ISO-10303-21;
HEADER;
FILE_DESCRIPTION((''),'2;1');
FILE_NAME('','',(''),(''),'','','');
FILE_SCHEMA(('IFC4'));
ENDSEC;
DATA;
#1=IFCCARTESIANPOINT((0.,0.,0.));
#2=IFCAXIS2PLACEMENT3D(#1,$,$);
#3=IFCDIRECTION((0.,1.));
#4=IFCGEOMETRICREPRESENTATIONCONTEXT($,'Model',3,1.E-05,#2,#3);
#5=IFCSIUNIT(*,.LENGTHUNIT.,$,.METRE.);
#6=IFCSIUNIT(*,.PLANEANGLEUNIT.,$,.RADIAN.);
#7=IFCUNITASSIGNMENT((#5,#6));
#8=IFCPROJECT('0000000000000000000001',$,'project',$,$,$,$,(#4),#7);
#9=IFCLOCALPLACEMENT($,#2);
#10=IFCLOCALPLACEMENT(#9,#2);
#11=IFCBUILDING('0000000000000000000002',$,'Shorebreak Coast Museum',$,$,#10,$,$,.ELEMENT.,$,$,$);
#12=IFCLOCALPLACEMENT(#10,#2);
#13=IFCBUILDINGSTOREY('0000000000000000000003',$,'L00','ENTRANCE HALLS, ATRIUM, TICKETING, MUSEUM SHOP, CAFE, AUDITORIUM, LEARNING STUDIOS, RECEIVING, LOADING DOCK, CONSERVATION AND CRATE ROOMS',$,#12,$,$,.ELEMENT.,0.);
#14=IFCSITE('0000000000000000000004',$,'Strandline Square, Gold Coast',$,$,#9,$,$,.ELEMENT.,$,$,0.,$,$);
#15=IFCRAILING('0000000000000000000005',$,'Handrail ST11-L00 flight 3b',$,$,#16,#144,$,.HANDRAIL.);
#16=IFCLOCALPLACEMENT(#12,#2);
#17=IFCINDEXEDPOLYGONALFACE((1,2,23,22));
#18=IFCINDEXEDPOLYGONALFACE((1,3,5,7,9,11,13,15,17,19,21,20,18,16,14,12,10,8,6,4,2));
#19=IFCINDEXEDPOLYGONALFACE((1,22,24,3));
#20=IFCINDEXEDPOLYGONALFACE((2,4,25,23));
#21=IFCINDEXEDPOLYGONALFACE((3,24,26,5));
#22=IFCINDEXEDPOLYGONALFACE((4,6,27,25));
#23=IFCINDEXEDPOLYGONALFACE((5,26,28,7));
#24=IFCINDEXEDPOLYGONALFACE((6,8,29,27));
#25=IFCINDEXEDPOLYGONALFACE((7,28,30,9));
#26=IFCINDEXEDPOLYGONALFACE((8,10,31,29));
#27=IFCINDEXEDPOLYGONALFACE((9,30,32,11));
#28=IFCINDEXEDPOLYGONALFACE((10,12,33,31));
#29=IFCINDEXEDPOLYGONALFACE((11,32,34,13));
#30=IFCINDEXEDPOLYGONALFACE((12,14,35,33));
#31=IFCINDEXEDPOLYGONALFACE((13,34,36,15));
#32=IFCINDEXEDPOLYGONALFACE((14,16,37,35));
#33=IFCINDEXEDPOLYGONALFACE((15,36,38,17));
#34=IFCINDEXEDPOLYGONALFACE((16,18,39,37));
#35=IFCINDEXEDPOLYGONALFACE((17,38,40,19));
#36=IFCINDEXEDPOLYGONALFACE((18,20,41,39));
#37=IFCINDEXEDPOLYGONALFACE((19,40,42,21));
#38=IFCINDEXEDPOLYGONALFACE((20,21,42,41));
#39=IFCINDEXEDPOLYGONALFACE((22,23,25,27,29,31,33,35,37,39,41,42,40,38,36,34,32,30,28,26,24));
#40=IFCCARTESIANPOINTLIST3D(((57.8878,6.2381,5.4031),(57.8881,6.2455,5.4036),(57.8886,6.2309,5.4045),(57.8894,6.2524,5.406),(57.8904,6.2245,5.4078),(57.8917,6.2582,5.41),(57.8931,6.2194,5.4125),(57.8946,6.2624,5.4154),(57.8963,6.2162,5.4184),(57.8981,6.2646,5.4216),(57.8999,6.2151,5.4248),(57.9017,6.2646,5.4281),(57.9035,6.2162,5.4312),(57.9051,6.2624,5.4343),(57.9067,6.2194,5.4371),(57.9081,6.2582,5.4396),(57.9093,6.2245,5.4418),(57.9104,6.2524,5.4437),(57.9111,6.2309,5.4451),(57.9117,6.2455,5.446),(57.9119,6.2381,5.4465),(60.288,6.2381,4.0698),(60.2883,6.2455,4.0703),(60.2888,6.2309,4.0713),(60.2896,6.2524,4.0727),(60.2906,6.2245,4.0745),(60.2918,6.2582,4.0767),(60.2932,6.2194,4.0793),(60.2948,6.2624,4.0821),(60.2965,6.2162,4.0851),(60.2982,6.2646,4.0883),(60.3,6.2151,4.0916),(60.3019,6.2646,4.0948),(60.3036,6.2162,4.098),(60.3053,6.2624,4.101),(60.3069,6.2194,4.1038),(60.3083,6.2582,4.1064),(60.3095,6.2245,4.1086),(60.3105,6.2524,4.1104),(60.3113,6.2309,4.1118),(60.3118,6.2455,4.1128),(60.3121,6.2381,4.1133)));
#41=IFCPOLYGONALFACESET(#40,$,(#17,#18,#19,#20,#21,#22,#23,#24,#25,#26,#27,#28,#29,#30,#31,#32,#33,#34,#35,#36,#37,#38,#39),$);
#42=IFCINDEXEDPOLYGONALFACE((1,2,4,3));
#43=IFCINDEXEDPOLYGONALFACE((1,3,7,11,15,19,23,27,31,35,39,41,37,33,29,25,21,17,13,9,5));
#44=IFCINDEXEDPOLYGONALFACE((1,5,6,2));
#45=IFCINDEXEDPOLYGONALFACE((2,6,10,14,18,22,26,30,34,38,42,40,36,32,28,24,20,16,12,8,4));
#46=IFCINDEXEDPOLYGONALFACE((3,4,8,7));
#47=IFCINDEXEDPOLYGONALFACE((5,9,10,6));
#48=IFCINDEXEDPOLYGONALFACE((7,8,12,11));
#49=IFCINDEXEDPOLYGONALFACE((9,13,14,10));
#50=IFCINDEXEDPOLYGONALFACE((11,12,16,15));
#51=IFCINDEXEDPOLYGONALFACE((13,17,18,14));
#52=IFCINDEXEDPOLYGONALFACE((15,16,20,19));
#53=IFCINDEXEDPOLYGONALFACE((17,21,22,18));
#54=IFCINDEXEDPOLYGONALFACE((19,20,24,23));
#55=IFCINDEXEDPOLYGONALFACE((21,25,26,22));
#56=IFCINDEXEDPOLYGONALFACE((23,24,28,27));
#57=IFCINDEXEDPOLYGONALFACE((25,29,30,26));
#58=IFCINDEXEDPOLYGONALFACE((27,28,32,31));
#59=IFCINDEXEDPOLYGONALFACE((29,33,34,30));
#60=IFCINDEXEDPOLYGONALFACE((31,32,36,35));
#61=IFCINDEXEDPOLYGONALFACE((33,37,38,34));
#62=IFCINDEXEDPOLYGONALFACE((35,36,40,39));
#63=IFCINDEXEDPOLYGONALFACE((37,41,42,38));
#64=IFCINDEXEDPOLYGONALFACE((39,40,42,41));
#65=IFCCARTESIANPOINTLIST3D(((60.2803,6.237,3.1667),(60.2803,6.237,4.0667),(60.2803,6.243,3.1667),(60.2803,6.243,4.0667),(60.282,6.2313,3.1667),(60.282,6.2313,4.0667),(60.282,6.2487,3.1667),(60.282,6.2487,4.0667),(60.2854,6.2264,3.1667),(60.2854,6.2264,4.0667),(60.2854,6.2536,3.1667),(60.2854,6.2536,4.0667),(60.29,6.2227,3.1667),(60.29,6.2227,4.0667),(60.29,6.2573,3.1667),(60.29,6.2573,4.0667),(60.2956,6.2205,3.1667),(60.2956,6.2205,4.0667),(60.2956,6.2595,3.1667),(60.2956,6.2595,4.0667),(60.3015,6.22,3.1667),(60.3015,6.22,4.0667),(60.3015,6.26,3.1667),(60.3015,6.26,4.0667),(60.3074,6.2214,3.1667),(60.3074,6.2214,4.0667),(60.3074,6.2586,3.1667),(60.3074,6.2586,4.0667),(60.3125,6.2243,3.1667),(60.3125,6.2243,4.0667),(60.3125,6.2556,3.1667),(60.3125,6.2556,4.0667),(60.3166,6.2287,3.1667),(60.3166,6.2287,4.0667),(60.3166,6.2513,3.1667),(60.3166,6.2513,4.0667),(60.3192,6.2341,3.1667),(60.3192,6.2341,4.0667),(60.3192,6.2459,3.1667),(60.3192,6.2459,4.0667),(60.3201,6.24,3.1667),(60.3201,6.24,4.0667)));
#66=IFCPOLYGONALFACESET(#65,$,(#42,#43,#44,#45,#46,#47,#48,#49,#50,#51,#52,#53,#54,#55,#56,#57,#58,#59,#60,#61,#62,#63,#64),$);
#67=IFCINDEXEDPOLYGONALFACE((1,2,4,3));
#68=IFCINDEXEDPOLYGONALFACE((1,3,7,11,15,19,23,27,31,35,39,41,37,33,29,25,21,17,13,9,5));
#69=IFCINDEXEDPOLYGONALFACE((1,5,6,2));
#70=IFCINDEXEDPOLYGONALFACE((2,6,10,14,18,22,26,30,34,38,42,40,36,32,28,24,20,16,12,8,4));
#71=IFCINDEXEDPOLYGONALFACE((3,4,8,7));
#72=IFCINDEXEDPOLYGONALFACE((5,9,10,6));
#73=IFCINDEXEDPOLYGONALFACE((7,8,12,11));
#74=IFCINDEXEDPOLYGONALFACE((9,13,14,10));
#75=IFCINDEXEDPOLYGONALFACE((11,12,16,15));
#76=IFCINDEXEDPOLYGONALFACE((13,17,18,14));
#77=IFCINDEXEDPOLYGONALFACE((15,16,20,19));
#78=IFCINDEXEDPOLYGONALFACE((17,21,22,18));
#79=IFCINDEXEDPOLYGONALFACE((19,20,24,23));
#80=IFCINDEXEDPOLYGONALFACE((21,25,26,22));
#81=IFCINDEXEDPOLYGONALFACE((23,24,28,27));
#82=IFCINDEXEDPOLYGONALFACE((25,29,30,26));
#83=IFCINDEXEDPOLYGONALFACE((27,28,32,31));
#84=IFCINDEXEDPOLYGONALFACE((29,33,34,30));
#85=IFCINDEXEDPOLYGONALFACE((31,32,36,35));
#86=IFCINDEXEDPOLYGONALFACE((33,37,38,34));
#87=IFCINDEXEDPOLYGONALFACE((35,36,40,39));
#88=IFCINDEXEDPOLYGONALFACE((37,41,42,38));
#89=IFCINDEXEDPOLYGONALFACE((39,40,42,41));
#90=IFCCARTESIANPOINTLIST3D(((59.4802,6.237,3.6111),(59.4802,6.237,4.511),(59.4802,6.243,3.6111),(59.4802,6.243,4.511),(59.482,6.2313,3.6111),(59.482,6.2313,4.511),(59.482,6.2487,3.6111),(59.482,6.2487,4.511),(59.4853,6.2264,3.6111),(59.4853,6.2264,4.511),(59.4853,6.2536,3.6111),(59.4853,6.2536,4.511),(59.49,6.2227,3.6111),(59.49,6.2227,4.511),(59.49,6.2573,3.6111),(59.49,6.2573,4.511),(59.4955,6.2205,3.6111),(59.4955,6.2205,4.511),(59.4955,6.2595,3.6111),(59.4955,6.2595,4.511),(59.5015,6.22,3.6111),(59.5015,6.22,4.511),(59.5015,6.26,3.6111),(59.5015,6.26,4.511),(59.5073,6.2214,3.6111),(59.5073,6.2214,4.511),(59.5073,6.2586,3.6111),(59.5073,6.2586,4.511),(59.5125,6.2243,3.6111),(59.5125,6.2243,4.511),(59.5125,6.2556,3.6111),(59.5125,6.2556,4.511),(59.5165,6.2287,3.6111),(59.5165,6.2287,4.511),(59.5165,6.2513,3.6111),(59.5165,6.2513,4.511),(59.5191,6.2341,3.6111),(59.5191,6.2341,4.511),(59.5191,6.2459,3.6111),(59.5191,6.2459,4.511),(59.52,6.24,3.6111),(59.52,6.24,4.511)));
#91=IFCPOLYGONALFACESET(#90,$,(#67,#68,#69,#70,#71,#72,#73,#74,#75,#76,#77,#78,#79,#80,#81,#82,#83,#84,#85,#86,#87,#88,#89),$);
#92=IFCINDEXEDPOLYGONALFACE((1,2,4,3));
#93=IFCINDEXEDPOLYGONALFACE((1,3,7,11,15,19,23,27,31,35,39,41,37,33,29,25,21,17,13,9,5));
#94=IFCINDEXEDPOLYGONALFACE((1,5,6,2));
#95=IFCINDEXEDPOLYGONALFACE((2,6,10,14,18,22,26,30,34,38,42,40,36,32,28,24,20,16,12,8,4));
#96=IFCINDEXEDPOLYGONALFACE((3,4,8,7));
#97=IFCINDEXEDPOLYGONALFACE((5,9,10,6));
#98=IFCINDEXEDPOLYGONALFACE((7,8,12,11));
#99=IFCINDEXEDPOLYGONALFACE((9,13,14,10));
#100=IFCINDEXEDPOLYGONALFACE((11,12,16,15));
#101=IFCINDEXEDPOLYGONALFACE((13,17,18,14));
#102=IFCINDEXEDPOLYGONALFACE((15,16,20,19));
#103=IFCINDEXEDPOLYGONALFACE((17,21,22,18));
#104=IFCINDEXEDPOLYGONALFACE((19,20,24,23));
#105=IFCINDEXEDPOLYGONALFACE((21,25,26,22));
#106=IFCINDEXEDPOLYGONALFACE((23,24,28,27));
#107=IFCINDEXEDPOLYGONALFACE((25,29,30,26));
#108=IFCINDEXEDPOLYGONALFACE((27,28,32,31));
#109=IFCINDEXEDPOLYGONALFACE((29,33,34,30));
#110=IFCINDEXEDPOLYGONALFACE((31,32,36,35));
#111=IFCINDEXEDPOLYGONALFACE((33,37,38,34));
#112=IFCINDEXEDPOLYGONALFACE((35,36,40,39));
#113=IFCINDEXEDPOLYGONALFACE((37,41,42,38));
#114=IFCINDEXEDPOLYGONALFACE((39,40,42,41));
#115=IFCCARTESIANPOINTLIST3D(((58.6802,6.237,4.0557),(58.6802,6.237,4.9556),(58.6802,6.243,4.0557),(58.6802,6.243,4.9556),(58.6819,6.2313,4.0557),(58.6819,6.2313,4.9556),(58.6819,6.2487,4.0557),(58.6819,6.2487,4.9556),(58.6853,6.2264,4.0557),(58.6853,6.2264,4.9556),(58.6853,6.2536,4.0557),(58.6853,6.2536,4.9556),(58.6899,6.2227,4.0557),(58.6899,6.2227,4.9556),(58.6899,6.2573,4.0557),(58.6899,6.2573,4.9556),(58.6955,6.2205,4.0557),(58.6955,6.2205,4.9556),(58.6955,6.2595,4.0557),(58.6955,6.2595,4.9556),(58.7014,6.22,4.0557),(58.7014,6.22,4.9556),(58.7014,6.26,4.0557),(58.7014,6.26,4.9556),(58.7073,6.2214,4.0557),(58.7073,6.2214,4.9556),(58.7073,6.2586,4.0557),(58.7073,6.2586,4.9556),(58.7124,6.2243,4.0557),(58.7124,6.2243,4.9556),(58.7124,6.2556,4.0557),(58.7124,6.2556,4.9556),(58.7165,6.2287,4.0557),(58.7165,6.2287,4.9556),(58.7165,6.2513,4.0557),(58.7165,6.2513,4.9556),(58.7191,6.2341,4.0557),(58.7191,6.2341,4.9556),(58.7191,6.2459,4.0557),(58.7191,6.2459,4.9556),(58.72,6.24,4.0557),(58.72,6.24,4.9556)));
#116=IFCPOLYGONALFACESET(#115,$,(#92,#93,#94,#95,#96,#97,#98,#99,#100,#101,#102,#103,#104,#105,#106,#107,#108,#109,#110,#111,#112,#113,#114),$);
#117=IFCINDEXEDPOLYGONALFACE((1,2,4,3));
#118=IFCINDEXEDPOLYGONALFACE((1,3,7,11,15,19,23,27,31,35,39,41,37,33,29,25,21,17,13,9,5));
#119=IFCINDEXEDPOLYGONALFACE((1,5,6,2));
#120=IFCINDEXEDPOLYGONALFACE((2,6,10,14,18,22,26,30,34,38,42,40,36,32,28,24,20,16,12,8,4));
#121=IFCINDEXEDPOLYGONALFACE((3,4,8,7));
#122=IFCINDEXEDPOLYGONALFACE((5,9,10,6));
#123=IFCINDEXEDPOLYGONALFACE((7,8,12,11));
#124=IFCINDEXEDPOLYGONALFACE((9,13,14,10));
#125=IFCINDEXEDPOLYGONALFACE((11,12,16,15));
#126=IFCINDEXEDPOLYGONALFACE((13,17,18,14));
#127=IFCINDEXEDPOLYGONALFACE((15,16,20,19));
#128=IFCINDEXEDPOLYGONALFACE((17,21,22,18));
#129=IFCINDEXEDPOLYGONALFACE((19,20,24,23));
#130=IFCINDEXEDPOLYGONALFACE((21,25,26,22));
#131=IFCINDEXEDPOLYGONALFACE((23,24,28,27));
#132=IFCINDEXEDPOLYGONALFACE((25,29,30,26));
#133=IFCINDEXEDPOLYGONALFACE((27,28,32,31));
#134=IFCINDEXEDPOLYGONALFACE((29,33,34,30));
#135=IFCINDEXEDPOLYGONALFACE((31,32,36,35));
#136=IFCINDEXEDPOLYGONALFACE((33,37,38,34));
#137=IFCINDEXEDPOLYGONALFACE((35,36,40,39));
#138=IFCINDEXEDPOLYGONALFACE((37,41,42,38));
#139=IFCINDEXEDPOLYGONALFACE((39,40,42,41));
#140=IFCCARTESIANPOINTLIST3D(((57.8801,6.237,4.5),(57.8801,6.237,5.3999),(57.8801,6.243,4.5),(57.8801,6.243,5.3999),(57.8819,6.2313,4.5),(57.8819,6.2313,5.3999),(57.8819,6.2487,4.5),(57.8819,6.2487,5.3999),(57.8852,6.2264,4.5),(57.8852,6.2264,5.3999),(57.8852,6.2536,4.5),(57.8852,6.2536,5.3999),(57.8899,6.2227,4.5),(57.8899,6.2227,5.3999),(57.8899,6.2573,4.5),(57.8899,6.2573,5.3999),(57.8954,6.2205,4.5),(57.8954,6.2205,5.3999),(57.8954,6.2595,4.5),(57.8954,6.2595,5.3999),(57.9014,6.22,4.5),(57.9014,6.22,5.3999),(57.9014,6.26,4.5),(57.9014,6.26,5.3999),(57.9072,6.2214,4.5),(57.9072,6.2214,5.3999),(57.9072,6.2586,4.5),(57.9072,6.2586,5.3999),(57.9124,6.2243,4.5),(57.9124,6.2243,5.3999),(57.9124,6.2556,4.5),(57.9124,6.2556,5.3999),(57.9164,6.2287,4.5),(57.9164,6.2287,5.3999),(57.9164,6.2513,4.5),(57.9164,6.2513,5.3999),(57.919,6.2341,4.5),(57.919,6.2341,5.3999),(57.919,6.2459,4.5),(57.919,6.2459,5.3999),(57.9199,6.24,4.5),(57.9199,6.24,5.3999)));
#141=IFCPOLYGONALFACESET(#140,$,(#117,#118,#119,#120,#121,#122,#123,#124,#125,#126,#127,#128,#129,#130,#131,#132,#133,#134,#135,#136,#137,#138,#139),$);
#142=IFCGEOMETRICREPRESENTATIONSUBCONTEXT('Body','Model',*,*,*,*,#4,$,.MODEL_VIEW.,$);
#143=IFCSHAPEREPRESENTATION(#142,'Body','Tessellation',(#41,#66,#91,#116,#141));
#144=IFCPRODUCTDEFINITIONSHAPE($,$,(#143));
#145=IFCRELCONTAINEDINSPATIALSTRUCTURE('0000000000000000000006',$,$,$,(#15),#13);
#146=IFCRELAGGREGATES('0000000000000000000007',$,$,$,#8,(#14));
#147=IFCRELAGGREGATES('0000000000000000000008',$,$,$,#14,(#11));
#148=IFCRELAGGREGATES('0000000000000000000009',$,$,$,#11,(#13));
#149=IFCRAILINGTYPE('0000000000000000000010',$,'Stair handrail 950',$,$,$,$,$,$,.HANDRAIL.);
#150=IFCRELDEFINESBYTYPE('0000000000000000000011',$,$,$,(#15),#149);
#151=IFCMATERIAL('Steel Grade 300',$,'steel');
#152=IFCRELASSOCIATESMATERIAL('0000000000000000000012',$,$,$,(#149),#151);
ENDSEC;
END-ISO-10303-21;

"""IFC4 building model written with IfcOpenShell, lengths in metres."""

from ifc_helpers import new_model, si_unit, direction, frame, origin, origin_2d, place, context, subcontext, project, spatial, circle, extrude, material, type_object, element, save


model = new_model("IFC4")

# Units and contexts
model_context = context("Model", 3, precision=1e-05, world=origin(), true_north=direction((0.0, 1.0)))
body_context = subcontext(model_context, "Body", "Model", "MODEL_VIEW")
ifc_project = project(units=[si_unit("LENGTHUNIT", "METRE"), si_unit("PLANEANGLEUNIT", "RADIAN")], contexts=[model_context])

# Site, building, storey
site_placement = place(None, origin())
site = spatial("IfcSite", under=ifc_project, at=site_placement, Name="Strandline Square, Gold Coast", CompositionType="ELEMENT", RefElevation=0.0)
building_placement = place(site_placement, origin())
building = spatial("IfcBuilding", under=site, at=building_placement, Name="Shorebreak Coast Museum", CompositionType="ELEMENT")
storey_placement = place(building_placement, origin())
storey = spatial("IfcBuildingStorey", under=building, at=storey_placement, Name="L00", Description="ENTRANCE HALLS, ATRIUM, TICKETING, MUSEUM SHOP, CAFE, AUDITORIUM, LEARNING STUDIOS, RECEIVING, LOADING DOCK, CONSERVATION AND CRATE ROOMS", CompositionType="ELEMENT", Elevation=0.0)

# Railing
ifc_material_1 = material(Name="Steel Grade 300", Category="steel")
railing_type_1 = type_object("IfcRailingType", Name="Stair handrail 950", PredefinedType="HANDRAIL", material=ifc_material_1)
for number, where, name in (
    (1, (60.3, 6.24, 3.1667), "Handrail ST11-L00 flight 3b"),
):
    element("IfcRailing", number, at=place(storey_placement, frame(where)), inside=storey, type_object=railing_type_1, Name=name, PredefinedType="HANDRAIL", context=body_context, shape_type="SweptSolid", body=[
        extrude(circle(Radius=0.0249, at=origin_2d()), frame((0.0, 0.0, 0.9248), z_axis=(-0.874182, 0.0, 0.485598), x_axis=(0.0, -1.0, 0.0)), (0.0, 0.0, 1.0), 2.7456),
        extrude(circle(Radius=0.02, at=origin_2d()), origin(), (0.0, 0.0, 1.0), 0.8999),
        extrude(circle(Radius=0.02, at=origin_2d()), frame((-0.8, 0.0, 0.4443)), (0.0, 0.0, 1.0), 0.8999),
        extrude(circle(Radius=0.02, at=origin_2d()), frame((-1.6001, 0.0, 0.8889)), (0.0, 0.0, 1.0), 0.8999),
        extrude(circle(Radius=0.02, at=origin_2d()), frame((-2.4001, 0.0, 1.3333)), (0.0, 0.0, 1.0), 0.8999),
    ])

save(model, "model.ifc")
